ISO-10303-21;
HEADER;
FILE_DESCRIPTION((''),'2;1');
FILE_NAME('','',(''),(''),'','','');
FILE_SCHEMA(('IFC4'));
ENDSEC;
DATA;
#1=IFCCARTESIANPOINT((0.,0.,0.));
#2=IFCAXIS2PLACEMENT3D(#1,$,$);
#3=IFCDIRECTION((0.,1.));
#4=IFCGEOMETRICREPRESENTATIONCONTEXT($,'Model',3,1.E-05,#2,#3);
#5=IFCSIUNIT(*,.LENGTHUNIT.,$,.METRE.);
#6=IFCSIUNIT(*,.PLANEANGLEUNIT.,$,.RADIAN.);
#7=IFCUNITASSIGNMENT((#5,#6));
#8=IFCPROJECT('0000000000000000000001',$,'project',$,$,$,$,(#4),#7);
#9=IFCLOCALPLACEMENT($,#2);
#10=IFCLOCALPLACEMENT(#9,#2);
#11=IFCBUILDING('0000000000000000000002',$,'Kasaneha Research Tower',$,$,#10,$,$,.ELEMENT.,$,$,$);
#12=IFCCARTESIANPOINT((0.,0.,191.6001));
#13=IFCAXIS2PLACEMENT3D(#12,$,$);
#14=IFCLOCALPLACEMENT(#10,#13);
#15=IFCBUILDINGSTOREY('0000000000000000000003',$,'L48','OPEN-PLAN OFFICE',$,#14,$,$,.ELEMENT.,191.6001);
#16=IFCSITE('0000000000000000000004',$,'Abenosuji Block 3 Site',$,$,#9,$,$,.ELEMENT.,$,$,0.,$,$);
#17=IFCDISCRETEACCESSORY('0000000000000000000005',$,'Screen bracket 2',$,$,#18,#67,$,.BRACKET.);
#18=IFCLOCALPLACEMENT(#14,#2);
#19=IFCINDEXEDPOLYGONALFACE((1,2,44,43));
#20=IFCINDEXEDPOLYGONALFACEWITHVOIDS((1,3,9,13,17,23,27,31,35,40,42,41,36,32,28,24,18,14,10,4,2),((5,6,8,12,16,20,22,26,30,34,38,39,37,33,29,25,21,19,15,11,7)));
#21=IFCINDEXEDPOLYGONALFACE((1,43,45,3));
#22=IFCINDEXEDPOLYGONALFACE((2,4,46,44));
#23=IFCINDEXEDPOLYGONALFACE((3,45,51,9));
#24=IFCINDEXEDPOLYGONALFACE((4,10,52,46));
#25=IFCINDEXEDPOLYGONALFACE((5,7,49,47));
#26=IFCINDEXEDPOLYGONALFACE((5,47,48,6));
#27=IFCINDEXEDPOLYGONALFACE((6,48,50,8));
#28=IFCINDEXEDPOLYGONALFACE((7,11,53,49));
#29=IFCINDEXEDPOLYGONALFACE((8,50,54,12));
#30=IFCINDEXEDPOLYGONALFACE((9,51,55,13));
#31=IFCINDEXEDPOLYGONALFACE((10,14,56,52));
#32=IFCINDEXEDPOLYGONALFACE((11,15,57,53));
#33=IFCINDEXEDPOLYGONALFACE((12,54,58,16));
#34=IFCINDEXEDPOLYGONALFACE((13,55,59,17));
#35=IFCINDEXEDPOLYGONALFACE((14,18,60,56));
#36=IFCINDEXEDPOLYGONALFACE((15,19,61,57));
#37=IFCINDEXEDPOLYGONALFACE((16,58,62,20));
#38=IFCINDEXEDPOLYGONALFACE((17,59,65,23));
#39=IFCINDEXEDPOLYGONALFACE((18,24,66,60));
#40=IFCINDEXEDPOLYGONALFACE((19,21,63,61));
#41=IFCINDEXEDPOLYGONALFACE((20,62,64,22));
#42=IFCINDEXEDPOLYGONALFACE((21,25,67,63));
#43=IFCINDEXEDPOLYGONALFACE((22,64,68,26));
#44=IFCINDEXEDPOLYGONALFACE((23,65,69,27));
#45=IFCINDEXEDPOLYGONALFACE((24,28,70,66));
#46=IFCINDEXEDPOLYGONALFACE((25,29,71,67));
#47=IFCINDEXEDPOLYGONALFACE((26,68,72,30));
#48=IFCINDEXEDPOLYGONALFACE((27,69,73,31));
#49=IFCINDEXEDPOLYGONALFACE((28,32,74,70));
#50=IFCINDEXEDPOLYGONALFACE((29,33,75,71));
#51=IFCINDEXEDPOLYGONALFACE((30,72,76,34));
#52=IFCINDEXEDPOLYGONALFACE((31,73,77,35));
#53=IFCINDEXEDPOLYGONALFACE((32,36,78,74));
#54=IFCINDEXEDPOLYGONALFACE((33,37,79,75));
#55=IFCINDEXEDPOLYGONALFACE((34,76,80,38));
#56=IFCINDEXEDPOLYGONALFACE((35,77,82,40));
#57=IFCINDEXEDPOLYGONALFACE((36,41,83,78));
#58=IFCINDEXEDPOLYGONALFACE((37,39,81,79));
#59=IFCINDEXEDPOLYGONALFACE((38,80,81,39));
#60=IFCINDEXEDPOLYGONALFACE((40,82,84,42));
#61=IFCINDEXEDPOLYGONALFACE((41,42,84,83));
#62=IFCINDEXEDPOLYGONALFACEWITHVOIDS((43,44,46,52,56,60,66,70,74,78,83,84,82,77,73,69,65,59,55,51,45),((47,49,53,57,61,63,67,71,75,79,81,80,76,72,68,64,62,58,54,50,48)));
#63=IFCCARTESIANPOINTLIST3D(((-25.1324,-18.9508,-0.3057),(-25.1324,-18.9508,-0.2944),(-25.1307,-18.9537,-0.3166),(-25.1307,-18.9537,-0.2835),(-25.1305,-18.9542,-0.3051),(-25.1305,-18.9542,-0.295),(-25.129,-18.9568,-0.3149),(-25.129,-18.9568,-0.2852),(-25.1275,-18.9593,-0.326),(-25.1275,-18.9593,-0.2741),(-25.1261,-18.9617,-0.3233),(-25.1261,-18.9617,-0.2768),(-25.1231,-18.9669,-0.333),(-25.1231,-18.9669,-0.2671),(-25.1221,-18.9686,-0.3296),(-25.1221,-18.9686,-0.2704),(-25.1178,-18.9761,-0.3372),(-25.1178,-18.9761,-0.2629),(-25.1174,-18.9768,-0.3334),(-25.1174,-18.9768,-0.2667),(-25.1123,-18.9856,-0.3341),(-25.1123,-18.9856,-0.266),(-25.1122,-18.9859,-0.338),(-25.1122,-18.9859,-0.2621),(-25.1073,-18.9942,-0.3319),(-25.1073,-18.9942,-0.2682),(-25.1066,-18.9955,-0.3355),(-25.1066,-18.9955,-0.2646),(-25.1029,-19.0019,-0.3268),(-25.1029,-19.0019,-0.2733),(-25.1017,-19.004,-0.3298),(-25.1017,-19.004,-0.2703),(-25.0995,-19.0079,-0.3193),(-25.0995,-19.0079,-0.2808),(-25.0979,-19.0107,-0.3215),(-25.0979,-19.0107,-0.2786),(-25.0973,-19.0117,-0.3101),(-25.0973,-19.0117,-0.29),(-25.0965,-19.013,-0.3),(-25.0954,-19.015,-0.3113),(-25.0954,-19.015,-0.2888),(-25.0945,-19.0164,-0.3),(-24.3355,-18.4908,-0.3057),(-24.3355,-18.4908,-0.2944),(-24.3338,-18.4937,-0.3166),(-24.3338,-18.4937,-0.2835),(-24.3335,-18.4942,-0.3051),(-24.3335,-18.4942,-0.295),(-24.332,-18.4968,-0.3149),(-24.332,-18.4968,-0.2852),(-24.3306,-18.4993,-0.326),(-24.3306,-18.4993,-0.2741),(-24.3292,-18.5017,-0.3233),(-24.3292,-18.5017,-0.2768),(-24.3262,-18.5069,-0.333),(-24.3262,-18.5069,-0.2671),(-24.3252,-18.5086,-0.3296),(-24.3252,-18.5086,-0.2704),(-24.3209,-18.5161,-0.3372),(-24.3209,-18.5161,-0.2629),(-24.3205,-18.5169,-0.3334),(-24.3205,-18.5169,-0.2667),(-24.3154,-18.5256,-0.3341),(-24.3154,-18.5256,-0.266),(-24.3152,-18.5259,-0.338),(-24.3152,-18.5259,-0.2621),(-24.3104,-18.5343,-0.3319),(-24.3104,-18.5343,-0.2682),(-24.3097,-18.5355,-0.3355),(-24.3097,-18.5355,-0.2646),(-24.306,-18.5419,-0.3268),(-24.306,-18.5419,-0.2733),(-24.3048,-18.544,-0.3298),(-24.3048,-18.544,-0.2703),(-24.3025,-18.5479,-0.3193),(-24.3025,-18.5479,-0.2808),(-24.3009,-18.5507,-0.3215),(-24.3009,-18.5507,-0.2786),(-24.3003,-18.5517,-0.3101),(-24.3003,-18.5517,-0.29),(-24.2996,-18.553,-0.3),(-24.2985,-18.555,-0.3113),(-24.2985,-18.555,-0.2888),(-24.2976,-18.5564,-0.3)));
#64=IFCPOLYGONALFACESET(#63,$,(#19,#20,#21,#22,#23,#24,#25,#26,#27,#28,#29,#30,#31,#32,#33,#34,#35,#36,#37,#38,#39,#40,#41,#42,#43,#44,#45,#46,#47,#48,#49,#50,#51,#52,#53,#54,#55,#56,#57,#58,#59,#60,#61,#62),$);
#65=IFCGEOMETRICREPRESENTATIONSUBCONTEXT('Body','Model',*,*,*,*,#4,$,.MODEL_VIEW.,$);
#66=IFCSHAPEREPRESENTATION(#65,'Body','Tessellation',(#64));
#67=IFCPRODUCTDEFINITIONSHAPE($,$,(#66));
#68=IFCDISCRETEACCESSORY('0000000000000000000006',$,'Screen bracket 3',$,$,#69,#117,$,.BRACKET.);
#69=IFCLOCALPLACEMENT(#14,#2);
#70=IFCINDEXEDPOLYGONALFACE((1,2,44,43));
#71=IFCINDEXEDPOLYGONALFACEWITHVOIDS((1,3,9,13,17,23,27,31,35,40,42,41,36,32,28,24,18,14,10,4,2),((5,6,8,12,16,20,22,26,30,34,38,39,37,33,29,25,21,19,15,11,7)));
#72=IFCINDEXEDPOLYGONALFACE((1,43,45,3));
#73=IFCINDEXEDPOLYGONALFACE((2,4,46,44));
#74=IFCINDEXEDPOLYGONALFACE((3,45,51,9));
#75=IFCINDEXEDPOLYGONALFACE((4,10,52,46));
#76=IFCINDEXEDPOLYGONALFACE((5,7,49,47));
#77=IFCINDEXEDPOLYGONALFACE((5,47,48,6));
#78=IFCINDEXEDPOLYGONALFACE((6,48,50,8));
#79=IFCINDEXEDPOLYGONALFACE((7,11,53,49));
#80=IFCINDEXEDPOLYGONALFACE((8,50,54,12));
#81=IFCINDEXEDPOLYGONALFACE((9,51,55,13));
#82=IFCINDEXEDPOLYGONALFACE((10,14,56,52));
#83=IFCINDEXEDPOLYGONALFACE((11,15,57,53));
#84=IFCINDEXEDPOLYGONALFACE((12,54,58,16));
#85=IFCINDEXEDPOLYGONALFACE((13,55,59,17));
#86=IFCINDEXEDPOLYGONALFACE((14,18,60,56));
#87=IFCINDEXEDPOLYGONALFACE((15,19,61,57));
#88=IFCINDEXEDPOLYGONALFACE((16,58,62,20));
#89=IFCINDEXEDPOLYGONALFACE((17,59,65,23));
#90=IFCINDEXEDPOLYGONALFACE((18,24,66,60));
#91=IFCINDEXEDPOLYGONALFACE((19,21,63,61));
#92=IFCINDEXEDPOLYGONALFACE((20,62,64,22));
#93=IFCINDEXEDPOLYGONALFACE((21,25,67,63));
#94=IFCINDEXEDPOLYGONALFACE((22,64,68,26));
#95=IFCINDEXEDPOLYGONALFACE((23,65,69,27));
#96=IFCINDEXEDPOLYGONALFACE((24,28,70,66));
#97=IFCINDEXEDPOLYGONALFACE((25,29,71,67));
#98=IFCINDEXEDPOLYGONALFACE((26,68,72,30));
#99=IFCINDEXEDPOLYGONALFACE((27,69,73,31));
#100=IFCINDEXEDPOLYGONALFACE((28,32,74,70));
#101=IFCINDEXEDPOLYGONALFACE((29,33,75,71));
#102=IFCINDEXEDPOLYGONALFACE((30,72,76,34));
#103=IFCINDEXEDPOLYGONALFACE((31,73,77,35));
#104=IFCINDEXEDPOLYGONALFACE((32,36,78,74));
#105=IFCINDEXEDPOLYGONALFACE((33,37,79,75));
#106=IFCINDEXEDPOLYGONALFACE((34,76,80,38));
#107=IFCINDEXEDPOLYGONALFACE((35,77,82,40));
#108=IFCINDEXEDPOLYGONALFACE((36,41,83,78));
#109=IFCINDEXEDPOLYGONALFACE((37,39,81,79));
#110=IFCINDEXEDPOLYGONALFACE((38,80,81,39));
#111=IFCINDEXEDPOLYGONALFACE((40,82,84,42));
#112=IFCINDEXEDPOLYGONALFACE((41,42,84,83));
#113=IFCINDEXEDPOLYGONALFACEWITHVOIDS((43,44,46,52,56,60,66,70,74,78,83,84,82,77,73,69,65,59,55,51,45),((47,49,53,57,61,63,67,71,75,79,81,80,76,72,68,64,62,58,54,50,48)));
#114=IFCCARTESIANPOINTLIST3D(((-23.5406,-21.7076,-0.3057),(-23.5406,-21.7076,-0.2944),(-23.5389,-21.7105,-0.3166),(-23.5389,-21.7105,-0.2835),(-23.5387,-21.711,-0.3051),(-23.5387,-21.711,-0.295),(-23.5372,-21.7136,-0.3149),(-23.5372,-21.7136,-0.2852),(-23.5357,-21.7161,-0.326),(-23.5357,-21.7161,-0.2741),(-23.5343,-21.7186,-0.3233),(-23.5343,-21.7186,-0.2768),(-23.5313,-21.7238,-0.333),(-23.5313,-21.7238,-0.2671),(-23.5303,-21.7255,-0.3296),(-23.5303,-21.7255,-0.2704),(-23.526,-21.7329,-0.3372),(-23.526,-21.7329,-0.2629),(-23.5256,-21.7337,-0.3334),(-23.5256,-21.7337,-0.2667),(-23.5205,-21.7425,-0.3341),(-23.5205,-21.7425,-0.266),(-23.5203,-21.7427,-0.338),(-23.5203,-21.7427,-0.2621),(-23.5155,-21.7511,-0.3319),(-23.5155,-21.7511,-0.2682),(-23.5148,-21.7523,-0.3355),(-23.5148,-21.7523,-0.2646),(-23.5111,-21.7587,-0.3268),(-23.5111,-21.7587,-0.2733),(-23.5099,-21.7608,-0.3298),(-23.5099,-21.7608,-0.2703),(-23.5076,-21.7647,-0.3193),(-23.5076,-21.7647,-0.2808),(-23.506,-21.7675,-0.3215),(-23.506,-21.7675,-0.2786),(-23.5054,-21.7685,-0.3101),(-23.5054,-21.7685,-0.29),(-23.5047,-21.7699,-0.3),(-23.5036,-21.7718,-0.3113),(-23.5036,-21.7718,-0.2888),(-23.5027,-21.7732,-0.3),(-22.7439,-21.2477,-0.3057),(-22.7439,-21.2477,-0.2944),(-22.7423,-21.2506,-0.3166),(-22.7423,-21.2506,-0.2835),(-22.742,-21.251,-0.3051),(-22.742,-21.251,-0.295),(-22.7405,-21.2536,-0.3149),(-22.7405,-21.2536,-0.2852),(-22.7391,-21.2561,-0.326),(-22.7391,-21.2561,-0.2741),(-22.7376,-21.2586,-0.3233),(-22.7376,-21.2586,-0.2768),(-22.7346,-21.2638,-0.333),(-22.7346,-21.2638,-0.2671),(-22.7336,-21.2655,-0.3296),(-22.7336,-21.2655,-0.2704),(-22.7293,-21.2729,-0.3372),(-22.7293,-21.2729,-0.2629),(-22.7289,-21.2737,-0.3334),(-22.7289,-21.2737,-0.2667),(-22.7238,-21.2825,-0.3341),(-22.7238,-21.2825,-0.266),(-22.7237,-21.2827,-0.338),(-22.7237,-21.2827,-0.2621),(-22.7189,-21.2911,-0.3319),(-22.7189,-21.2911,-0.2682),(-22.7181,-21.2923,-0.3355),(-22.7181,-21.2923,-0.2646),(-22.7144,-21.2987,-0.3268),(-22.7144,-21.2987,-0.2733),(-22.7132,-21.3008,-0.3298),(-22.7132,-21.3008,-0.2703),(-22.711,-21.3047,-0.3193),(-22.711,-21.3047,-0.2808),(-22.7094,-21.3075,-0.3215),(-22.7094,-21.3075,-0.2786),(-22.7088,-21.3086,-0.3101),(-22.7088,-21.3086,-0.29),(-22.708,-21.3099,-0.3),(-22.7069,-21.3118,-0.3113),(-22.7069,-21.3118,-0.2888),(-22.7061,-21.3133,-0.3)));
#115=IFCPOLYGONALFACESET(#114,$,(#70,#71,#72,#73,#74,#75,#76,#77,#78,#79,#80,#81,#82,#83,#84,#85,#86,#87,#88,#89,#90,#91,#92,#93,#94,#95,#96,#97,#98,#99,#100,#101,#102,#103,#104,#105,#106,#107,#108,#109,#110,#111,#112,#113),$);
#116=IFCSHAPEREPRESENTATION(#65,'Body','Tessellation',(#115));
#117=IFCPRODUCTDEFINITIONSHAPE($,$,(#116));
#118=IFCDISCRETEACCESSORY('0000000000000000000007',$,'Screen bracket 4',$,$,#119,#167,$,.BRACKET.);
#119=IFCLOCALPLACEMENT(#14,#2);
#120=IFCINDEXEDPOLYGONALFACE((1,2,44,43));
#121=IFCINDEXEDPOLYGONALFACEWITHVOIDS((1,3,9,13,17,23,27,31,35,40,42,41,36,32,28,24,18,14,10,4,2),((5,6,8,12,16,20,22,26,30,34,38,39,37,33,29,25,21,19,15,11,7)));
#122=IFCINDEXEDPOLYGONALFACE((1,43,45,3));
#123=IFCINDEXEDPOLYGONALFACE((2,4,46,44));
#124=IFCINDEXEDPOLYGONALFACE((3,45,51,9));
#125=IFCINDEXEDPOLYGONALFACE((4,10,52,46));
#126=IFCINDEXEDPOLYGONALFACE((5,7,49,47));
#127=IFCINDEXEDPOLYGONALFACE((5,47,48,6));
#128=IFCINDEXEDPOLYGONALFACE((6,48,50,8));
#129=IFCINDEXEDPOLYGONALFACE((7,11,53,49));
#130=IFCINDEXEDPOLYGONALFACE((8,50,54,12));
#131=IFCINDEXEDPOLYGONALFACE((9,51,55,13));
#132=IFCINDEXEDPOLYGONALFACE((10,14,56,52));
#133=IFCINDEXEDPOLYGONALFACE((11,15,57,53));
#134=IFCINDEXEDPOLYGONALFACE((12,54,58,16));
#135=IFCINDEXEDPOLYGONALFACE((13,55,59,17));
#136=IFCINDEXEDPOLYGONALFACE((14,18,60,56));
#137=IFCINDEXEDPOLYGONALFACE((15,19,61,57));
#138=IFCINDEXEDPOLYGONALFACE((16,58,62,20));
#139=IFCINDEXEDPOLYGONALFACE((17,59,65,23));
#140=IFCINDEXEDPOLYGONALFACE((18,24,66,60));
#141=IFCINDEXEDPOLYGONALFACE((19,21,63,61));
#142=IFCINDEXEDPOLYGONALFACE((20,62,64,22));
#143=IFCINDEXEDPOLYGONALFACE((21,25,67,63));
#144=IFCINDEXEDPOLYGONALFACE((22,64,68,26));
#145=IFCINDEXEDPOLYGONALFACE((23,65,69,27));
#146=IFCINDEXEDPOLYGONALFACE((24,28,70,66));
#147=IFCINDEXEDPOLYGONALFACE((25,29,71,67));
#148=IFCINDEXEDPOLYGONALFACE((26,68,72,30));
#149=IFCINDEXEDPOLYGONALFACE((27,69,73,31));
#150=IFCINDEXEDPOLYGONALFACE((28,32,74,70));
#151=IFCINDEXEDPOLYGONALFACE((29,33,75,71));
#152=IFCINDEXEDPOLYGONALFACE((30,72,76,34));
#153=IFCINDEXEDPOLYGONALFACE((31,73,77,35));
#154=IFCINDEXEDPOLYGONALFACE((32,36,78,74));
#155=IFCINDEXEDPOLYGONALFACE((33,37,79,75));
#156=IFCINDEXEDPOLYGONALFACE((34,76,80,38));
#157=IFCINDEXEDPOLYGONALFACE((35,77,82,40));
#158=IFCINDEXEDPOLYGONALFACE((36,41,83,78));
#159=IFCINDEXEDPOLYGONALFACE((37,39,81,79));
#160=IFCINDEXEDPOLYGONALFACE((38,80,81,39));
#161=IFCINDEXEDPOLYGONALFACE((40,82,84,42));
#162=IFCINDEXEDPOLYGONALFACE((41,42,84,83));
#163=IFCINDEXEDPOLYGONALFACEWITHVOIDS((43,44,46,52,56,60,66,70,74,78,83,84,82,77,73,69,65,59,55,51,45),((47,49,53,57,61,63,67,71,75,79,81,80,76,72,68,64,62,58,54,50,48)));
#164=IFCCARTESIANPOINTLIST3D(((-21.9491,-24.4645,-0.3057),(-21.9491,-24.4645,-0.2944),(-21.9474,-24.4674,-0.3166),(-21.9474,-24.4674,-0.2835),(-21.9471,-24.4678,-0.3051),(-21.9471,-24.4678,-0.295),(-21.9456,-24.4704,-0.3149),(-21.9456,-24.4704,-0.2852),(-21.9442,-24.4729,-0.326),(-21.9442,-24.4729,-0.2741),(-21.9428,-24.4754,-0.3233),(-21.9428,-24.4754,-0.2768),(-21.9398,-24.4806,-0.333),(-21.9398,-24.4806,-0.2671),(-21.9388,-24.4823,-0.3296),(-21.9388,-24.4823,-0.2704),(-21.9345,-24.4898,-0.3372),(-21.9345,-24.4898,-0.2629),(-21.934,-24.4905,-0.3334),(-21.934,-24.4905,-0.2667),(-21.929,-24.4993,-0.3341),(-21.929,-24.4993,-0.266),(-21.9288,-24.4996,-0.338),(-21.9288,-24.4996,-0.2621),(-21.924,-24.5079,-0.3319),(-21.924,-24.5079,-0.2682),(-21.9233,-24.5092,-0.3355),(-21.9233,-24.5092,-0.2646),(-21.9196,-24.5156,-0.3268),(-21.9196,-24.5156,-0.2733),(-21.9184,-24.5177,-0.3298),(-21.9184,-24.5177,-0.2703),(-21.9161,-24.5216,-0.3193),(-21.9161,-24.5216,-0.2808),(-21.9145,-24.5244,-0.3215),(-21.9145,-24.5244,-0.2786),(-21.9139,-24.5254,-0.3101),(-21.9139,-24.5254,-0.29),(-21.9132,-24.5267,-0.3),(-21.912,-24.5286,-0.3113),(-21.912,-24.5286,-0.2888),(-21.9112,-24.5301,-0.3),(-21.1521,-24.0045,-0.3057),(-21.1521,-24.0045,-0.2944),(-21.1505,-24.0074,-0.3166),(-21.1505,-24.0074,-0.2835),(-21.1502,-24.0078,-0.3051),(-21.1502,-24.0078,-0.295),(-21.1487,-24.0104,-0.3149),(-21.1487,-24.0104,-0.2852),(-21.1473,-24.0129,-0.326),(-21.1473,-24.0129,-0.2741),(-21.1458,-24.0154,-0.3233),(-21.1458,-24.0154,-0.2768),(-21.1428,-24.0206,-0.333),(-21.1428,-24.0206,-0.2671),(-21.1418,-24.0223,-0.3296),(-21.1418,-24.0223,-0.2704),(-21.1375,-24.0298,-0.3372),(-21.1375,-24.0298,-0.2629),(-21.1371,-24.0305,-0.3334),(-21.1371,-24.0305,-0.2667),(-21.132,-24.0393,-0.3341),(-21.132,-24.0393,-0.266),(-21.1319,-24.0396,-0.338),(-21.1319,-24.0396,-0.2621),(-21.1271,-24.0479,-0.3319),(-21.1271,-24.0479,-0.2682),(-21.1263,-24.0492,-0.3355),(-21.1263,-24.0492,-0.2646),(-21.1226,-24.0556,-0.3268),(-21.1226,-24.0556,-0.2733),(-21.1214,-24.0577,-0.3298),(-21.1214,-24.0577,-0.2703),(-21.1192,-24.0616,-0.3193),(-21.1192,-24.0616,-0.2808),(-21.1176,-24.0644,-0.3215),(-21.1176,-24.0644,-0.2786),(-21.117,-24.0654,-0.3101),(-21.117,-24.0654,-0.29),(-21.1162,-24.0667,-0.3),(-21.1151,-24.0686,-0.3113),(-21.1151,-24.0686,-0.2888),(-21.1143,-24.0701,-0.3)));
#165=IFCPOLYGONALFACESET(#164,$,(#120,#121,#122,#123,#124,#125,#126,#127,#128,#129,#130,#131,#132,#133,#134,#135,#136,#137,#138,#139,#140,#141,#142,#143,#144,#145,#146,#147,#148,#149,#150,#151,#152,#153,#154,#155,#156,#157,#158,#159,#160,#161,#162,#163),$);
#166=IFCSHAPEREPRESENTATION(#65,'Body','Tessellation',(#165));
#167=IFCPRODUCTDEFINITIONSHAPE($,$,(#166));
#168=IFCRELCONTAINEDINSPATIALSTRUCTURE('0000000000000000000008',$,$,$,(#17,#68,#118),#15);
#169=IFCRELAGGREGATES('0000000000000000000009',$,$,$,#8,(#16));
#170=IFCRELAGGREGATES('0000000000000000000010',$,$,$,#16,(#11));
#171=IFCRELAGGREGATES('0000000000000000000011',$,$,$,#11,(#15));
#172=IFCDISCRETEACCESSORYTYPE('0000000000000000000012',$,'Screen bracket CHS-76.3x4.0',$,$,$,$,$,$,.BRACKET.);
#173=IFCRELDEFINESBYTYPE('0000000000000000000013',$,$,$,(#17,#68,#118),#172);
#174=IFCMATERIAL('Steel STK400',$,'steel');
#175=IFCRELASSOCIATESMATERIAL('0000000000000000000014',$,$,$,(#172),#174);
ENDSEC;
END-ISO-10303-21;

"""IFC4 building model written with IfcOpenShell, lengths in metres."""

from ifc_helpers import new_model, si_unit, direction, frame, origin, origin_2d, place, context, subcontext, project, spatial, hollow_circle, extrude, material, material_profile, profile_set, type_object, element, save


model = new_model("IFC4")

# Units and contexts
model_context = context("Model", 3, precision=1e-05, world=origin(), true_north=direction((0.0, 1.0)))
body_context = subcontext(model_context, "Body", "Model", "MODEL_VIEW")
ifc_project = project(units=[si_unit("LENGTHUNIT", "METRE"), si_unit("PLANEANGLEUNIT", "RADIAN")], contexts=[model_context])

# Site, building, storey
site_placement = place(None, origin())
site = spatial("IfcSite", under=ifc_project, at=site_placement, Name="Abenosuji Block 3 Site", CompositionType="ELEMENT", RefElevation=0.0)
building_placement = place(site_placement, origin())
building = spatial("IfcBuilding", under=site, at=building_placement, Name="Kasaneha Research Tower", CompositionType="ELEMENT")
storey_placement = place(building_placement, frame((0.0, 0.0, 191.6001)))
storey = spatial("IfcBuildingStorey", under=building, at=storey_placement, Name="L48", Description="OPEN-PLAN OFFICE", CompositionType="ELEMENT", Elevation=191.6001)

# Discrete accessories
ifc_material_1 = material(Name="Steel STK400", Category="steel")
ifc_material_profile_1 = material_profile(ifc_material_1, hollow_circle(Radius=0.0381, WallThickness=0.0039, at=origin_2d()), Name="CHS-76.3x4.0")
ifc_profile_set_1 = profile_set([ifc_material_profile_1], Name="Steel STK400")
discrete_accessory_type = type_object("IfcDiscreteAccessoryType", Name="Screen bracket CHS-76.3x4.0", PredefinedType="BRACKET", material=ifc_profile_set_1)
discrete_accessory_1_placement = place(storey_placement, frame((-24.3167, -18.5234, -0.3), z_axis=(-0.86608, -0.499906, 0.0), x_axis=(0.499906, -0.86608, 0.0)))
element("IfcDiscreteAccessory", 1, at=discrete_accessory_1_placement, inside=storey, type_object=discrete_accessory_type, Name="Screen bracket 2", PredefinedType="BRACKET", context=body_context, shape_type="SweptSolid", body=[
    extrude(hollow_circle(Radius=0.0381, WallThickness=0.0039, at=origin_2d()), origin(), (0.0, 0.0, 1.0), 0.9202),
])
discrete_accessory_2_placement = place(storey_placement, frame((-22.7251, -21.2803, -0.3), z_axis=(-0.866013, -0.500021, 0.0), x_axis=(0.500021, -0.866013, 0.0)))
element("IfcDiscreteAccessory", 2, at=discrete_accessory_2_placement, inside=storey, type_object=discrete_accessory_type, Name="Screen bracket 3", PredefinedType="BRACKET", context=body_context, shape_type="SweptSolid", body=[
    extrude(hollow_circle(Radius=0.0381, WallThickness=0.0039, at=origin_2d()), origin(), (0.0, 0.0, 1.0), 0.9199),
])
discrete_accessory_3_placement = place(storey_placement, frame((-21.1333, -24.0371, -0.3), z_axis=(-0.86608, -0.499906, 0.0), x_axis=(0.499906, -0.86608, 0.0)))
element("IfcDiscreteAccessory", 3, at=discrete_accessory_3_placement, inside=storey, type_object=discrete_accessory_type, Name="Screen bracket 4", PredefinedType="BRACKET", context=body_context, shape_type="SweptSolid", body=[
    extrude(hollow_circle(Radius=0.0381, WallThickness=0.0039, at=origin_2d()), origin(), (0.0, 0.0, 1.0), 0.9202),
])

save(model, "model.ifc")
